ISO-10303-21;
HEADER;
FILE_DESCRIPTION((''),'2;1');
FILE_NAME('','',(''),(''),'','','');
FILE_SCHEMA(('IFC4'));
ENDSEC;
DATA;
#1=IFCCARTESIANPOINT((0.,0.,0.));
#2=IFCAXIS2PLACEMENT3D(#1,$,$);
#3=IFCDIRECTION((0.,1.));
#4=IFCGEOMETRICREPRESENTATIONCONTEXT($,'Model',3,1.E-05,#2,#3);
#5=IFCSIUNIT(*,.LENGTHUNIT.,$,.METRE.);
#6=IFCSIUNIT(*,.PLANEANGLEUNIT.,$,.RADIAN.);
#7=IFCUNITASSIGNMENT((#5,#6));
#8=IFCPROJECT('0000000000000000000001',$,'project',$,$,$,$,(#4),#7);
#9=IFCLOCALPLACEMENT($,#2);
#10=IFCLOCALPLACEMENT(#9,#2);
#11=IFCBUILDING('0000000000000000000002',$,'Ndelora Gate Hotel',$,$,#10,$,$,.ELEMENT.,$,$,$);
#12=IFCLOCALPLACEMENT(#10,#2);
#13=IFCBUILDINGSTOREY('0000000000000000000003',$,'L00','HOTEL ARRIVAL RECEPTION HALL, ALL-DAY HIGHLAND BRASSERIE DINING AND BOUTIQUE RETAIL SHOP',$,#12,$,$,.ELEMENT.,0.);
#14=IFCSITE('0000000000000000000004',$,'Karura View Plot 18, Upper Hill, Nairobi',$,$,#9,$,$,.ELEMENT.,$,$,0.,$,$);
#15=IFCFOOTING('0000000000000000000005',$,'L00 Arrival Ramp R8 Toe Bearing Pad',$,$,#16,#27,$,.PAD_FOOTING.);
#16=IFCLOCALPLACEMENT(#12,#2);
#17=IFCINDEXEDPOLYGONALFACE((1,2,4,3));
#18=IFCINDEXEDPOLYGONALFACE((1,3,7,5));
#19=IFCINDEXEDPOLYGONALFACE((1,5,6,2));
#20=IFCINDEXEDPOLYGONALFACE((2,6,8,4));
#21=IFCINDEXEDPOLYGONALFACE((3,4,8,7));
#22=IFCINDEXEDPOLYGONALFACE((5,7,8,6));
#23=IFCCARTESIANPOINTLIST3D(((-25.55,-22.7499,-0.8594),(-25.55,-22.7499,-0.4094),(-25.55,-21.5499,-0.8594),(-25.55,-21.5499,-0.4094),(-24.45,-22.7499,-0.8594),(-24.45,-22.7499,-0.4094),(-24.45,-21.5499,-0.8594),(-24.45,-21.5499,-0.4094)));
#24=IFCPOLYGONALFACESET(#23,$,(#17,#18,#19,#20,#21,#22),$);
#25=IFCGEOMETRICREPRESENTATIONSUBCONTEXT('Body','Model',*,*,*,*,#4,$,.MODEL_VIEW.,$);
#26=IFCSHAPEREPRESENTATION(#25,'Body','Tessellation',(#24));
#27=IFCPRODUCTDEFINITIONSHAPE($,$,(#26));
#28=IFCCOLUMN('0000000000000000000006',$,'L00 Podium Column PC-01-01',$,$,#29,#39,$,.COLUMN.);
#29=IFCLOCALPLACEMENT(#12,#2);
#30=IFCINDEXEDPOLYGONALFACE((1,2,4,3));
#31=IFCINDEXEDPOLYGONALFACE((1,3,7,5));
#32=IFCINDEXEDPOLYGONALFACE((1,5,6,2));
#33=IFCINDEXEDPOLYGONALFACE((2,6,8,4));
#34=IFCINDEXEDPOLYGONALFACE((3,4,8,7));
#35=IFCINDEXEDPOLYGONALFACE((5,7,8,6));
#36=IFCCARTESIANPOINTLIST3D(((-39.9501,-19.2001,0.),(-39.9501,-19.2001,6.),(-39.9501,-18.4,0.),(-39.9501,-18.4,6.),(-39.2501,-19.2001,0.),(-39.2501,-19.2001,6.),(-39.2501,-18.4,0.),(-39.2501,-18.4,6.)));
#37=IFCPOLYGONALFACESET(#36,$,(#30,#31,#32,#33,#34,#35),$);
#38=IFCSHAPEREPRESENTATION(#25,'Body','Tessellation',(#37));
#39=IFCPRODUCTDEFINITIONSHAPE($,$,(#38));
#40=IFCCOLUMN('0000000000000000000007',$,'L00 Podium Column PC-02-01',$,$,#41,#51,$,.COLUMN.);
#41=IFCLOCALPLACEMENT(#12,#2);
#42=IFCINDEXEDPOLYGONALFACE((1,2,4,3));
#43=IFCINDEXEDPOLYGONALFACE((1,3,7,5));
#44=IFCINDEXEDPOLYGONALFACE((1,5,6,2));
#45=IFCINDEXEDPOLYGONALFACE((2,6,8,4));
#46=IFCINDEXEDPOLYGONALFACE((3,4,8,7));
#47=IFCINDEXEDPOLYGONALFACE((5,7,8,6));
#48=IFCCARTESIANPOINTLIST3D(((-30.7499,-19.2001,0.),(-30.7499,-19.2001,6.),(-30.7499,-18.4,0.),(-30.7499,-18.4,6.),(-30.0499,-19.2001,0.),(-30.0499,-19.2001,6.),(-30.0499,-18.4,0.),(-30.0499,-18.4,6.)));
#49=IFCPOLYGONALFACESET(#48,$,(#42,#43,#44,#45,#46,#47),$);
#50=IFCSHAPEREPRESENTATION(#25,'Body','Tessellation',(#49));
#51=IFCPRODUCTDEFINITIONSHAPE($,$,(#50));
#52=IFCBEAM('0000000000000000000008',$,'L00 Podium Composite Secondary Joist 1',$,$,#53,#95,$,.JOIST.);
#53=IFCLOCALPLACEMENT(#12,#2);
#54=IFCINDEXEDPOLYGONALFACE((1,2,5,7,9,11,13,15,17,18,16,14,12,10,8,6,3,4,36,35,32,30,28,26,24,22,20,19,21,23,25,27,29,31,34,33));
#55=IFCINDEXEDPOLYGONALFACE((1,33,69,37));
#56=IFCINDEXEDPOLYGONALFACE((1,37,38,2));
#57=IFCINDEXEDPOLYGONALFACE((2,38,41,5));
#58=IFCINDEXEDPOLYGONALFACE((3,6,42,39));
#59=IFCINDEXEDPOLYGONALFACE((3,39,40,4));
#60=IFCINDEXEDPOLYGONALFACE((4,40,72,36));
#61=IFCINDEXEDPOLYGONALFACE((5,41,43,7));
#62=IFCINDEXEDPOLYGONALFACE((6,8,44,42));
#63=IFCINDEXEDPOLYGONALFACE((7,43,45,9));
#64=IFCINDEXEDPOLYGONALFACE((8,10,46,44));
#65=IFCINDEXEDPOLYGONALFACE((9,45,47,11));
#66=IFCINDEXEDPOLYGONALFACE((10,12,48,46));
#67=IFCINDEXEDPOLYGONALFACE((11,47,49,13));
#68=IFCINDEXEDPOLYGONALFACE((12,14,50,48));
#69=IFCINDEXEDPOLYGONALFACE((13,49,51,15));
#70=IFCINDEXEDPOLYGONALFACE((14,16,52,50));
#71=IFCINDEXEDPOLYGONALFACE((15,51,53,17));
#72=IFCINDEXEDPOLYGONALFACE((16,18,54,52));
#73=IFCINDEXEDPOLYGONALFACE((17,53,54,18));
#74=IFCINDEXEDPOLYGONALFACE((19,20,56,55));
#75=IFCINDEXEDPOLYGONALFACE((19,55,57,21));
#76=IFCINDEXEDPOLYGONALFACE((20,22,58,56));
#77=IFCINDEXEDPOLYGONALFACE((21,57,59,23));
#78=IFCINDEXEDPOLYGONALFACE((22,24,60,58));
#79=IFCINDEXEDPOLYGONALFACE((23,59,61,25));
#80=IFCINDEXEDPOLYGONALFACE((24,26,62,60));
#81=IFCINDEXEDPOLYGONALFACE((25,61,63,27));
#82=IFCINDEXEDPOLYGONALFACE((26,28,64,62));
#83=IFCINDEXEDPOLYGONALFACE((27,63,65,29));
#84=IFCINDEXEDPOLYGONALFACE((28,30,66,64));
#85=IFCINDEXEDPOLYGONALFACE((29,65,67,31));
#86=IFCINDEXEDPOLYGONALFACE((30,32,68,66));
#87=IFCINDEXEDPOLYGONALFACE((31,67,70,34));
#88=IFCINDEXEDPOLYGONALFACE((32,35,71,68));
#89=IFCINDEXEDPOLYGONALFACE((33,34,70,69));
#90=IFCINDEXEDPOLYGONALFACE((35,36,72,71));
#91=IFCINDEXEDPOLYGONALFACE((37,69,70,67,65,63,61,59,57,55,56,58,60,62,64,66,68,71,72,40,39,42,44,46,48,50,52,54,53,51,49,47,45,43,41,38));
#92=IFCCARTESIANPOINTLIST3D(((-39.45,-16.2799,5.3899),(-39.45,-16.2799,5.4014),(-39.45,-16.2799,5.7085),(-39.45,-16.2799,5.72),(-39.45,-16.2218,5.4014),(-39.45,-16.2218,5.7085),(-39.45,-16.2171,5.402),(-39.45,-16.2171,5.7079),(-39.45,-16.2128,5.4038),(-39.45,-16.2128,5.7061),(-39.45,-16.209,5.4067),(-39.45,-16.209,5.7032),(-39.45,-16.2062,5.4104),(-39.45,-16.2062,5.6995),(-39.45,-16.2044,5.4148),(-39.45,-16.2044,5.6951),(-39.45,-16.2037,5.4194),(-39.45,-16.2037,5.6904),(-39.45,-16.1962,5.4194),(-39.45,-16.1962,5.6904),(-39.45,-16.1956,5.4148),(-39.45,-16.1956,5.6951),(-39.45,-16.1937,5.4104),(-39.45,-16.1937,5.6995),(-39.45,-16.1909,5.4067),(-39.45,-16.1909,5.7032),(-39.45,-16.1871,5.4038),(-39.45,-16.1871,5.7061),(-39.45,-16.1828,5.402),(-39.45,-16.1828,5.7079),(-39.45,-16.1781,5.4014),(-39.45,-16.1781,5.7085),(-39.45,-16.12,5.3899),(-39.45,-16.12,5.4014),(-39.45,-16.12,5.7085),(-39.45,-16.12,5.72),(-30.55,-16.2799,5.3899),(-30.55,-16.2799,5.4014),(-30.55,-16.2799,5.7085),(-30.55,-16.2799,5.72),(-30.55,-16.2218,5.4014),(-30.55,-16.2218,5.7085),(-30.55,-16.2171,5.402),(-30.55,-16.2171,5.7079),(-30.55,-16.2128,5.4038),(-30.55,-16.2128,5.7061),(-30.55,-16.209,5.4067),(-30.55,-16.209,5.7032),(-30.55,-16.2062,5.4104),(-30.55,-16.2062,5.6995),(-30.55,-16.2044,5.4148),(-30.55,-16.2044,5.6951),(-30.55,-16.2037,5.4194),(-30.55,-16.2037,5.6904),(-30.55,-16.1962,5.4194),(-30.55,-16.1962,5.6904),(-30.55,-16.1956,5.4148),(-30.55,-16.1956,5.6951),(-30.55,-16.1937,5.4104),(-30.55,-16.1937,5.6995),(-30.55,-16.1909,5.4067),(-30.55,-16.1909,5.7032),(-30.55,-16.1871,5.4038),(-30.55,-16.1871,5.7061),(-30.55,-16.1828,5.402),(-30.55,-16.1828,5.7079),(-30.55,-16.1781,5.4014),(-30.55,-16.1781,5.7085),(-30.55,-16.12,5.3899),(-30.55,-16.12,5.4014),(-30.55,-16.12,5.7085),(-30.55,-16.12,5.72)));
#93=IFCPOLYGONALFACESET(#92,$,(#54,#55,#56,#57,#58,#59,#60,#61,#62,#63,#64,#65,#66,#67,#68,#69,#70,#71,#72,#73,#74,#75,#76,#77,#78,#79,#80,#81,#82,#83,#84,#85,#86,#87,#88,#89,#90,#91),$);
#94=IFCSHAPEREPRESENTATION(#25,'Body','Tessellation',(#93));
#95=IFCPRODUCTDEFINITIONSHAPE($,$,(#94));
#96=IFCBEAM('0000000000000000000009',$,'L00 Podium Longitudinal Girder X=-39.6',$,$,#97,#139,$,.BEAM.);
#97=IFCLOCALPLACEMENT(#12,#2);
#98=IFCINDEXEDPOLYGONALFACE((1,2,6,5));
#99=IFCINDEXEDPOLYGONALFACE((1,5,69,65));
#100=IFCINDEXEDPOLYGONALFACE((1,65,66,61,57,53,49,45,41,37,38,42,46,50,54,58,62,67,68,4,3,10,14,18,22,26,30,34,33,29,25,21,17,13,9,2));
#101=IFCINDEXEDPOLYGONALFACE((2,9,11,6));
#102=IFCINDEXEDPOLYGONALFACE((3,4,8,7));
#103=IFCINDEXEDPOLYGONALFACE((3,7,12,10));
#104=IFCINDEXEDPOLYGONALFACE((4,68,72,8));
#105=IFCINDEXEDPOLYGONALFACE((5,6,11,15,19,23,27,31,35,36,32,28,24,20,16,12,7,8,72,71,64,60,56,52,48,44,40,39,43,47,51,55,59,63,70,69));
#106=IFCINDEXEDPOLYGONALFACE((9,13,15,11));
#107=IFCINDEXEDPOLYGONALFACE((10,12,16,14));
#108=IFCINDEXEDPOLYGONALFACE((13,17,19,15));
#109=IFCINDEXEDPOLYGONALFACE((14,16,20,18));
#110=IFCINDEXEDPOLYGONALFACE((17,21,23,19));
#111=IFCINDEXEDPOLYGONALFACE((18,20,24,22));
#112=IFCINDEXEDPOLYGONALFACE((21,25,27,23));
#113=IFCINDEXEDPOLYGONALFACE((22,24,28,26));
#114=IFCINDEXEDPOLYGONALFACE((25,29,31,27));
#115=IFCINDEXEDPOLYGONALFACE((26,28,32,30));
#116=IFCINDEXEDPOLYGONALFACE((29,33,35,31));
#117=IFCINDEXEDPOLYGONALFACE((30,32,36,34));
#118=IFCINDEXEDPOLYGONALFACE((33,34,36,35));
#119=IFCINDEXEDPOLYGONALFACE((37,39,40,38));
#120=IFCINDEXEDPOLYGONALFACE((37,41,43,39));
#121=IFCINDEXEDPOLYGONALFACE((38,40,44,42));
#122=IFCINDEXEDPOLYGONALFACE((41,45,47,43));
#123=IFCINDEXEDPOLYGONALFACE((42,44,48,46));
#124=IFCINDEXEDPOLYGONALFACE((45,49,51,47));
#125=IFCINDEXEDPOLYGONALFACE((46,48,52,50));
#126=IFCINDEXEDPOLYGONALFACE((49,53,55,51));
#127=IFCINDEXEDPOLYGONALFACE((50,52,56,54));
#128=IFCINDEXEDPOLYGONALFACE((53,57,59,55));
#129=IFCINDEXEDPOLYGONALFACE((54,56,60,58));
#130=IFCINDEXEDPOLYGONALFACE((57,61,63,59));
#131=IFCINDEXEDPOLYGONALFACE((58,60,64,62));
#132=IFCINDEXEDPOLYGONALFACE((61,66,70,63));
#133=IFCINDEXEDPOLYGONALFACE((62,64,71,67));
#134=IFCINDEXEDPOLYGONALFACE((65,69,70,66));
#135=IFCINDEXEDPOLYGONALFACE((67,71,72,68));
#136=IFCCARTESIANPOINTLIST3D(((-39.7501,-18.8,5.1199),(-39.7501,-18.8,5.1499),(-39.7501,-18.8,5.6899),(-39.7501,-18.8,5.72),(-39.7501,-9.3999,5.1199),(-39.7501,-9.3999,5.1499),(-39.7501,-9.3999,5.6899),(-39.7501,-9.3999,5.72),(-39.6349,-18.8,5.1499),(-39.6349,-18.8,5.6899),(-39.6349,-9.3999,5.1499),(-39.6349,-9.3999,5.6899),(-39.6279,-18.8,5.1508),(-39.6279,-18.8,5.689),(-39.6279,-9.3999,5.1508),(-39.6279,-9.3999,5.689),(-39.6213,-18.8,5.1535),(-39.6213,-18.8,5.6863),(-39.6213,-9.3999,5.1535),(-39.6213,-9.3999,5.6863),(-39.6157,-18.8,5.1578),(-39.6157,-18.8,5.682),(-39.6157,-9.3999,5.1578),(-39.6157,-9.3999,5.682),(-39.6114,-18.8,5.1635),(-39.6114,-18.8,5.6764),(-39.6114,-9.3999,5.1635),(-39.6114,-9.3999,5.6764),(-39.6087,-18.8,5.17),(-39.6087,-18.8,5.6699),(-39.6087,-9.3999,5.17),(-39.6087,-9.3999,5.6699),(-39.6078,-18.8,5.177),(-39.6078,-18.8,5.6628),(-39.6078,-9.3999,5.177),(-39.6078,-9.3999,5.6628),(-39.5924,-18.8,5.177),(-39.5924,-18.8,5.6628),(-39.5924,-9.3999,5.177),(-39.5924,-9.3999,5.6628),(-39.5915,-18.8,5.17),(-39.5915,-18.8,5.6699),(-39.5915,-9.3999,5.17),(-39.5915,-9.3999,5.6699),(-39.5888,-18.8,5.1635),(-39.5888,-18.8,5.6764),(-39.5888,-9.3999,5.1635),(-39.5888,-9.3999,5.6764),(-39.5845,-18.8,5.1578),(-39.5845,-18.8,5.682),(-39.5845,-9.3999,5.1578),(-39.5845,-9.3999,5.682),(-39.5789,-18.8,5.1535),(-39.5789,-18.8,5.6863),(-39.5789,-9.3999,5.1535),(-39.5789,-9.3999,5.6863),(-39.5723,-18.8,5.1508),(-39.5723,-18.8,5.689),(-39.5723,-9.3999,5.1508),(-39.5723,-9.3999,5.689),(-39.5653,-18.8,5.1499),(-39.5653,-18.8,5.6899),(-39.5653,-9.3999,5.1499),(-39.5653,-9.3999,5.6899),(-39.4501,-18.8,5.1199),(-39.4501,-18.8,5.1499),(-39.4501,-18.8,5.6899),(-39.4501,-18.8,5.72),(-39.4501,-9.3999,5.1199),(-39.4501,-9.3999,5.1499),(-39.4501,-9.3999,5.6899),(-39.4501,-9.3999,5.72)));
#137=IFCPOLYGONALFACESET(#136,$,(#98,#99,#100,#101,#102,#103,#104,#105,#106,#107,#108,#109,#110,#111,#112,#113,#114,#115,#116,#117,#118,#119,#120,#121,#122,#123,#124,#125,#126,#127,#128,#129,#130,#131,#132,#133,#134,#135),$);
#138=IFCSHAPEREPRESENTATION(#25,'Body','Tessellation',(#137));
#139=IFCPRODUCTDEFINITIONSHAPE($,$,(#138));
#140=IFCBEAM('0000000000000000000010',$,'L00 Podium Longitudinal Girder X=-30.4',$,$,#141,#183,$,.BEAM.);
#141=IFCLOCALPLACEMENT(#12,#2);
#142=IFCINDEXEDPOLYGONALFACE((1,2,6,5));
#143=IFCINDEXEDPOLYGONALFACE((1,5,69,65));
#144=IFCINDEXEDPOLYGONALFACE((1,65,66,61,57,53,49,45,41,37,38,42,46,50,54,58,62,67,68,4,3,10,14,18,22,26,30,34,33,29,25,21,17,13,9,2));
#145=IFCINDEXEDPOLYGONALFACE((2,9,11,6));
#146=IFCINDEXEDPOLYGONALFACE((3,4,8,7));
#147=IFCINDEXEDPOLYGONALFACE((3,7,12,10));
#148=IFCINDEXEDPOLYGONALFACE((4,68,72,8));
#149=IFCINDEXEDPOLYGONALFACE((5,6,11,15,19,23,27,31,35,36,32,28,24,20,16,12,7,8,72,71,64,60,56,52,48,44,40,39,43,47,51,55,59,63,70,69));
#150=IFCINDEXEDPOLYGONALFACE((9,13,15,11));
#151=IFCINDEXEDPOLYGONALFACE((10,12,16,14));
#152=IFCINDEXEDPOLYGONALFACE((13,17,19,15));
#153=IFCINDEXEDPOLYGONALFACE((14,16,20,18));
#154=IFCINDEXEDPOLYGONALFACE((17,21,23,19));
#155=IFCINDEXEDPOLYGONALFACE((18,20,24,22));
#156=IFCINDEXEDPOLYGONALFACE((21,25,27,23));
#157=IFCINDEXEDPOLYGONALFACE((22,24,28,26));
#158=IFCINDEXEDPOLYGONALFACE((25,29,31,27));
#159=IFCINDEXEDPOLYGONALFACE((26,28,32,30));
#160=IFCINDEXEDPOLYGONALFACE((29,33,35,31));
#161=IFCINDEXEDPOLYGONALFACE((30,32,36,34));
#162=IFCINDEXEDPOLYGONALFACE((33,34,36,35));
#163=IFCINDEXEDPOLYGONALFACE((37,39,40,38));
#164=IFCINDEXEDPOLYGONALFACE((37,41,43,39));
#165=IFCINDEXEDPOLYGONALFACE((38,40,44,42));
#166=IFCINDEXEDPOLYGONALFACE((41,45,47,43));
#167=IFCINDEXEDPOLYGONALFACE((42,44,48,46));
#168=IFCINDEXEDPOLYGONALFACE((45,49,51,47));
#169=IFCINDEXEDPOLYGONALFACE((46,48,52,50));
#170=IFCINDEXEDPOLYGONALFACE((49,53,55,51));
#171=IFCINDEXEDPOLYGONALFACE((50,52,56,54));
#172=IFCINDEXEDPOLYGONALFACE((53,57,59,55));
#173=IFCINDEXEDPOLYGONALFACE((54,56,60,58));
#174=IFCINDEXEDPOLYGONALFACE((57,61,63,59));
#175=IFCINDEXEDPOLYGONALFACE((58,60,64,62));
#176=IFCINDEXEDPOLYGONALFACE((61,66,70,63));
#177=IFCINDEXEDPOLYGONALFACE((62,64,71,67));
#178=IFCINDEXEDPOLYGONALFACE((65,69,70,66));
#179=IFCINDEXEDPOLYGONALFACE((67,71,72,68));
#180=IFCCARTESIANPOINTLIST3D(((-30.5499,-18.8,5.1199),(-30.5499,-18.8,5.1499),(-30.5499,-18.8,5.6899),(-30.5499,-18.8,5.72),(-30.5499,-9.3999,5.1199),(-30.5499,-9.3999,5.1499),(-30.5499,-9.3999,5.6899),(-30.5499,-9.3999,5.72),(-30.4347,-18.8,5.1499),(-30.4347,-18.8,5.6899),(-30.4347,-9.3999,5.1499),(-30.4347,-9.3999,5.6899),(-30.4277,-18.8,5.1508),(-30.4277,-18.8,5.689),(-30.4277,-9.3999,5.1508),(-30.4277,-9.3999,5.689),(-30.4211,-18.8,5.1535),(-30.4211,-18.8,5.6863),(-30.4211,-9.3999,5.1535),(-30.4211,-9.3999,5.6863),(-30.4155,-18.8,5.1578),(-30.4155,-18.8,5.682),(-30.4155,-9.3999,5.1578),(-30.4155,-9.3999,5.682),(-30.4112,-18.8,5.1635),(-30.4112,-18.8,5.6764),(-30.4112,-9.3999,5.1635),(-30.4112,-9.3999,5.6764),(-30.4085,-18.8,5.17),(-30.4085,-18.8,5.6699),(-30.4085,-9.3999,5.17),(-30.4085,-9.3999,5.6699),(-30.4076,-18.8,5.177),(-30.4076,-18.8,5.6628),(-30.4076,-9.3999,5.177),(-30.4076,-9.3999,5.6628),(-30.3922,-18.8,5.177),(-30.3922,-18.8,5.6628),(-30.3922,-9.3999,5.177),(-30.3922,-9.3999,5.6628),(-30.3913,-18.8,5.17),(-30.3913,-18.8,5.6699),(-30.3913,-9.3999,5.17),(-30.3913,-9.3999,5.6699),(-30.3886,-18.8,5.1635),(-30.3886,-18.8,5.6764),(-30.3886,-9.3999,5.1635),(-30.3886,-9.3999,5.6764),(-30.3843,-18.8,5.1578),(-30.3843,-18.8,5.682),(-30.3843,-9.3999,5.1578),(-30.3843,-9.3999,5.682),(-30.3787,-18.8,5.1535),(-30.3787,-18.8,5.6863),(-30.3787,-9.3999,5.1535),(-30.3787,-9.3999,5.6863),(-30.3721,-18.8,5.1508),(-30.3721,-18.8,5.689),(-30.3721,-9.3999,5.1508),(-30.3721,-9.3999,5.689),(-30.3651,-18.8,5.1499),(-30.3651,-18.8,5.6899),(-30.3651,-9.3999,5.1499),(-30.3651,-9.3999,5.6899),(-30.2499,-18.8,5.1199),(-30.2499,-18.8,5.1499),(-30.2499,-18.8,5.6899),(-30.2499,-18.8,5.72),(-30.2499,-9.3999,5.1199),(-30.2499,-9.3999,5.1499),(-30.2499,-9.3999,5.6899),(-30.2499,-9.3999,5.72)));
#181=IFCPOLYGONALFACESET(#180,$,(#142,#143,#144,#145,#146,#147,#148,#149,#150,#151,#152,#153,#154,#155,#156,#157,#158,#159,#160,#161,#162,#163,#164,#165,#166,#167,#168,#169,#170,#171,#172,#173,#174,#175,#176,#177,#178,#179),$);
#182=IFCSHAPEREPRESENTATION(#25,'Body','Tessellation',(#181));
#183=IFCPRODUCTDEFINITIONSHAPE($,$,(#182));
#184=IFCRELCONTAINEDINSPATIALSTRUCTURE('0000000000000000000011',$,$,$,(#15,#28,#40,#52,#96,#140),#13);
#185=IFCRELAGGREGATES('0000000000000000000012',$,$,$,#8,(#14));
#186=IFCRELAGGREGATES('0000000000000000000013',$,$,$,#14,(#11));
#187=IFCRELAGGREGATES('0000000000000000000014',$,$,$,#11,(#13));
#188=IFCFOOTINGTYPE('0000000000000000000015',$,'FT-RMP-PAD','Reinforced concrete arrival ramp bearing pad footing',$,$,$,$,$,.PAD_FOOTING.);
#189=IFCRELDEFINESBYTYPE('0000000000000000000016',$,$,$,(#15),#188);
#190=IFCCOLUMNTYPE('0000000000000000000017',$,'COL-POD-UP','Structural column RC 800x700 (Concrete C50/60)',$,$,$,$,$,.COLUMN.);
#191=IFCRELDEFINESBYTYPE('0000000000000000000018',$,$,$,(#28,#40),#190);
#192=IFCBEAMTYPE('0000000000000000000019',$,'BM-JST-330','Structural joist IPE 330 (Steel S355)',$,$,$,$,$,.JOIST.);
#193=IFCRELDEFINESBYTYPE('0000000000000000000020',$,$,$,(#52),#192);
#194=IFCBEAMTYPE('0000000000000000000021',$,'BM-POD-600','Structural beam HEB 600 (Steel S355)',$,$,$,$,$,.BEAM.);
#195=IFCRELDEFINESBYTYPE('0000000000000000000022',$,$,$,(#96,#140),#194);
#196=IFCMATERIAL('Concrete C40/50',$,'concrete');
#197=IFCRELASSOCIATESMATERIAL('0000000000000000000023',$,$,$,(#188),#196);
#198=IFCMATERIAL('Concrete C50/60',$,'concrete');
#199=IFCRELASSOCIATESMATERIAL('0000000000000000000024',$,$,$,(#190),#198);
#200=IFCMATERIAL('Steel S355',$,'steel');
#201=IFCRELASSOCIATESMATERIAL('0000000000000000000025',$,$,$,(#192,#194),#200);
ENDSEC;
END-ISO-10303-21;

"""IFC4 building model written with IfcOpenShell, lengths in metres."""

from ifc_helpers import new_model, si_unit, direction, frame, origin, origin_2d, place, context, subcontext, project, spatial, rectangle, i_section, extrude, material, material_profile, profile_set, type_object, element, save


model = new_model("IFC4")

# Units and contexts
model_context = context("Model", 3, precision=1e-05, world=origin(), true_north=direction((0.0, 1.0)))
body_context = subcontext(model_context, "Body", "Model", "MODEL_VIEW")
ifc_project = project(units=[si_unit("LENGTHUNIT", "METRE"), si_unit("PLANEANGLEUNIT", "RADIAN")], contexts=[model_context])

# Site, building, storey
site_placement = place(None, origin())
site = spatial("IfcSite", under=ifc_project, at=site_placement, Name="Karura View Plot 18, Upper Hill, Nairobi", CompositionType="ELEMENT", RefElevation=0.0)
building_placement = place(site_placement, origin())
building = spatial("IfcBuilding", under=site, at=building_placement, Name="Ndelora Gate Hotel", CompositionType="ELEMENT")
storey_placement = place(building_placement, origin())
storey = spatial("IfcBuildingStorey", under=building, at=storey_placement, Name="L00", Description="HOTEL ARRIVAL RECEPTION HALL, ALL-DAY HIGHLAND BRASSERIE DINING AND BOUTIQUE RETAIL SHOP", CompositionType="ELEMENT", Elevation=0.0)

# Footing
ifc_material_1 = material(Name="Concrete C40/50", Category="concrete")
footing_type = type_object("IfcFootingType", Name="FT-RMP-PAD", Description="Reinforced concrete arrival ramp bearing pad footing", PredefinedType="PAD_FOOTING", material=ifc_material_1)
footing_placement = place(storey_placement, frame((-25.0, -22.1499, -0.8594), z_axis=(0.0, 0.0, 1.0), x_axis=(1.0, 0.0, 0.0)))
element("IfcFooting", 1, at=footing_placement, inside=storey, type_object=footing_type, Name="L00 Arrival Ramp R8 Toe Bearing Pad", PredefinedType="PAD_FOOTING", context=body_context, shape_type="SweptSolid", body=[
    extrude(rectangle(XDim=1.1001, YDim=1.2, at=origin_2d()), origin(), (0.0, 0.0, 1.0), 0.45),
])

# Columns
ifc_material_2 = material(Name="Concrete C50/60", Category="concrete")
ifc_material_profile_1 = material_profile(ifc_material_2, rectangle(XDim=0.7, YDim=0.8, at=origin_2d()), Name="RC 800x700")
ifc_profile_set_1 = profile_set([ifc_material_profile_1], Name="Concrete C50/60")
column_type = type_object("IfcColumnType", Name="COL-POD-UP", Description="Structural column RC 800x700 (Concrete C50/60)", PredefinedType="COLUMN", material=ifc_profile_set_1)
for number, where, z_axis, x_axis, name in (
    (2, (-39.6001, -18.8, 0.0), (0.0, 0.0, 1.0), (1.0, 0.0, 0.0), "L00 Podium Column PC-01-01"),
    (3, (-30.3999, -18.8, 0.0), (0.0, 0.0, 1.0), (1.0, 0.0, 0.0), "L00 Podium Column PC-02-01"),
):
    element("IfcColumn", number, at=place(storey_placement, frame(where, z_axis=z_axis, x_axis=x_axis)), inside=storey, type_object=column_type, Name=name, PredefinedType="COLUMN", context=body_context, shape_type="SweptSolid", body=[
        extrude(rectangle(XDim=0.7, YDim=0.8, at=origin_2d()), origin(), (0.0, 0.0, 1.0), 6.0),
    ])

# Beams
ifc_material_3 = material(Name="Steel S355", Category="steel")
ifc_material_profile_2 = material_profile(ifc_material_3, i_section(OverallWidth=0.1599, OverallDepth=0.3301, WebThickness=0.0076, FlangeThickness=0.0115, FilletRadius=0.0181, at=origin_2d()), Name="IPE 330")
ifc_profile_set_2 = profile_set([ifc_material_profile_2], Name="Steel S355")
beam_type_1 = type_object("IfcBeamType", Name="BM-JST-330", Description="Structural joist IPE 330 (Steel S355)", PredefinedType="JOIST", material=ifc_profile_set_2)
beam_1_placement = place(storey_placement, frame((-39.45, -16.2, 5.5549), z_axis=(1.0, 0.0, 0.0), x_axis=(0.0, 1.0, 0.0)))
element("IfcBeam", 4, at=beam_1_placement, inside=storey, type_object=beam_type_1, Name="L00 Podium Composite Secondary Joist 1", PredefinedType="JOIST", context=body_context, shape_type="SweptSolid", body=[
    extrude(i_section(OverallWidth=0.1599, OverallDepth=0.3301, WebThickness=0.0076, FlangeThickness=0.0115, FilletRadius=0.0181, at=origin_2d()), origin(), (0.0, 0.0, 1.0), 8.8999),
])
ifc_material_profile_3 = material_profile(ifc_material_3, i_section(OverallWidth=0.3, OverallDepth=0.6001, WebThickness=0.0154, FlangeThickness=0.03, FilletRadius=0.0271, at=origin_2d()), Name="HEB 600")
ifc_profile_set_3 = profile_set([ifc_material_profile_3], Name="Steel S355")
beam_type_2 = type_object("IfcBeamType", Name="BM-POD-600", Description="Structural beam HEB 600 (Steel S355)", PredefinedType="BEAM", material=ifc_profile_set_3)
for number, where, z_axis, x_axis, name in (
    (5, (-39.6001, -18.8, 5.4199), (0.0, 1.0, 0.0), (-1.0, 0.0, 0.0), "L00 Podium Longitudinal Girder X=-39.6"),
    (6, (-30.3999, -18.8, 5.4199), (0.0, 1.0, 0.0), (-1.0, 0.0, 0.0), "L00 Podium Longitudinal Girder X=-30.4"),
):
    element("IfcBeam", number, at=place(storey_placement, frame(where, z_axis=z_axis, x_axis=x_axis)), inside=storey, type_object=beam_type_2, Name=name, PredefinedType="BEAM", context=body_context, shape_type="SweptSolid", body=[
        extrude(i_section(OverallWidth=0.3, OverallDepth=0.6001, WebThickness=0.0154, FlangeThickness=0.03, FilletRadius=0.0271, at=origin_2d()), origin(), (0.0, 0.0, 1.0), 9.4001),
    ])

save(model, "model.ifc")
